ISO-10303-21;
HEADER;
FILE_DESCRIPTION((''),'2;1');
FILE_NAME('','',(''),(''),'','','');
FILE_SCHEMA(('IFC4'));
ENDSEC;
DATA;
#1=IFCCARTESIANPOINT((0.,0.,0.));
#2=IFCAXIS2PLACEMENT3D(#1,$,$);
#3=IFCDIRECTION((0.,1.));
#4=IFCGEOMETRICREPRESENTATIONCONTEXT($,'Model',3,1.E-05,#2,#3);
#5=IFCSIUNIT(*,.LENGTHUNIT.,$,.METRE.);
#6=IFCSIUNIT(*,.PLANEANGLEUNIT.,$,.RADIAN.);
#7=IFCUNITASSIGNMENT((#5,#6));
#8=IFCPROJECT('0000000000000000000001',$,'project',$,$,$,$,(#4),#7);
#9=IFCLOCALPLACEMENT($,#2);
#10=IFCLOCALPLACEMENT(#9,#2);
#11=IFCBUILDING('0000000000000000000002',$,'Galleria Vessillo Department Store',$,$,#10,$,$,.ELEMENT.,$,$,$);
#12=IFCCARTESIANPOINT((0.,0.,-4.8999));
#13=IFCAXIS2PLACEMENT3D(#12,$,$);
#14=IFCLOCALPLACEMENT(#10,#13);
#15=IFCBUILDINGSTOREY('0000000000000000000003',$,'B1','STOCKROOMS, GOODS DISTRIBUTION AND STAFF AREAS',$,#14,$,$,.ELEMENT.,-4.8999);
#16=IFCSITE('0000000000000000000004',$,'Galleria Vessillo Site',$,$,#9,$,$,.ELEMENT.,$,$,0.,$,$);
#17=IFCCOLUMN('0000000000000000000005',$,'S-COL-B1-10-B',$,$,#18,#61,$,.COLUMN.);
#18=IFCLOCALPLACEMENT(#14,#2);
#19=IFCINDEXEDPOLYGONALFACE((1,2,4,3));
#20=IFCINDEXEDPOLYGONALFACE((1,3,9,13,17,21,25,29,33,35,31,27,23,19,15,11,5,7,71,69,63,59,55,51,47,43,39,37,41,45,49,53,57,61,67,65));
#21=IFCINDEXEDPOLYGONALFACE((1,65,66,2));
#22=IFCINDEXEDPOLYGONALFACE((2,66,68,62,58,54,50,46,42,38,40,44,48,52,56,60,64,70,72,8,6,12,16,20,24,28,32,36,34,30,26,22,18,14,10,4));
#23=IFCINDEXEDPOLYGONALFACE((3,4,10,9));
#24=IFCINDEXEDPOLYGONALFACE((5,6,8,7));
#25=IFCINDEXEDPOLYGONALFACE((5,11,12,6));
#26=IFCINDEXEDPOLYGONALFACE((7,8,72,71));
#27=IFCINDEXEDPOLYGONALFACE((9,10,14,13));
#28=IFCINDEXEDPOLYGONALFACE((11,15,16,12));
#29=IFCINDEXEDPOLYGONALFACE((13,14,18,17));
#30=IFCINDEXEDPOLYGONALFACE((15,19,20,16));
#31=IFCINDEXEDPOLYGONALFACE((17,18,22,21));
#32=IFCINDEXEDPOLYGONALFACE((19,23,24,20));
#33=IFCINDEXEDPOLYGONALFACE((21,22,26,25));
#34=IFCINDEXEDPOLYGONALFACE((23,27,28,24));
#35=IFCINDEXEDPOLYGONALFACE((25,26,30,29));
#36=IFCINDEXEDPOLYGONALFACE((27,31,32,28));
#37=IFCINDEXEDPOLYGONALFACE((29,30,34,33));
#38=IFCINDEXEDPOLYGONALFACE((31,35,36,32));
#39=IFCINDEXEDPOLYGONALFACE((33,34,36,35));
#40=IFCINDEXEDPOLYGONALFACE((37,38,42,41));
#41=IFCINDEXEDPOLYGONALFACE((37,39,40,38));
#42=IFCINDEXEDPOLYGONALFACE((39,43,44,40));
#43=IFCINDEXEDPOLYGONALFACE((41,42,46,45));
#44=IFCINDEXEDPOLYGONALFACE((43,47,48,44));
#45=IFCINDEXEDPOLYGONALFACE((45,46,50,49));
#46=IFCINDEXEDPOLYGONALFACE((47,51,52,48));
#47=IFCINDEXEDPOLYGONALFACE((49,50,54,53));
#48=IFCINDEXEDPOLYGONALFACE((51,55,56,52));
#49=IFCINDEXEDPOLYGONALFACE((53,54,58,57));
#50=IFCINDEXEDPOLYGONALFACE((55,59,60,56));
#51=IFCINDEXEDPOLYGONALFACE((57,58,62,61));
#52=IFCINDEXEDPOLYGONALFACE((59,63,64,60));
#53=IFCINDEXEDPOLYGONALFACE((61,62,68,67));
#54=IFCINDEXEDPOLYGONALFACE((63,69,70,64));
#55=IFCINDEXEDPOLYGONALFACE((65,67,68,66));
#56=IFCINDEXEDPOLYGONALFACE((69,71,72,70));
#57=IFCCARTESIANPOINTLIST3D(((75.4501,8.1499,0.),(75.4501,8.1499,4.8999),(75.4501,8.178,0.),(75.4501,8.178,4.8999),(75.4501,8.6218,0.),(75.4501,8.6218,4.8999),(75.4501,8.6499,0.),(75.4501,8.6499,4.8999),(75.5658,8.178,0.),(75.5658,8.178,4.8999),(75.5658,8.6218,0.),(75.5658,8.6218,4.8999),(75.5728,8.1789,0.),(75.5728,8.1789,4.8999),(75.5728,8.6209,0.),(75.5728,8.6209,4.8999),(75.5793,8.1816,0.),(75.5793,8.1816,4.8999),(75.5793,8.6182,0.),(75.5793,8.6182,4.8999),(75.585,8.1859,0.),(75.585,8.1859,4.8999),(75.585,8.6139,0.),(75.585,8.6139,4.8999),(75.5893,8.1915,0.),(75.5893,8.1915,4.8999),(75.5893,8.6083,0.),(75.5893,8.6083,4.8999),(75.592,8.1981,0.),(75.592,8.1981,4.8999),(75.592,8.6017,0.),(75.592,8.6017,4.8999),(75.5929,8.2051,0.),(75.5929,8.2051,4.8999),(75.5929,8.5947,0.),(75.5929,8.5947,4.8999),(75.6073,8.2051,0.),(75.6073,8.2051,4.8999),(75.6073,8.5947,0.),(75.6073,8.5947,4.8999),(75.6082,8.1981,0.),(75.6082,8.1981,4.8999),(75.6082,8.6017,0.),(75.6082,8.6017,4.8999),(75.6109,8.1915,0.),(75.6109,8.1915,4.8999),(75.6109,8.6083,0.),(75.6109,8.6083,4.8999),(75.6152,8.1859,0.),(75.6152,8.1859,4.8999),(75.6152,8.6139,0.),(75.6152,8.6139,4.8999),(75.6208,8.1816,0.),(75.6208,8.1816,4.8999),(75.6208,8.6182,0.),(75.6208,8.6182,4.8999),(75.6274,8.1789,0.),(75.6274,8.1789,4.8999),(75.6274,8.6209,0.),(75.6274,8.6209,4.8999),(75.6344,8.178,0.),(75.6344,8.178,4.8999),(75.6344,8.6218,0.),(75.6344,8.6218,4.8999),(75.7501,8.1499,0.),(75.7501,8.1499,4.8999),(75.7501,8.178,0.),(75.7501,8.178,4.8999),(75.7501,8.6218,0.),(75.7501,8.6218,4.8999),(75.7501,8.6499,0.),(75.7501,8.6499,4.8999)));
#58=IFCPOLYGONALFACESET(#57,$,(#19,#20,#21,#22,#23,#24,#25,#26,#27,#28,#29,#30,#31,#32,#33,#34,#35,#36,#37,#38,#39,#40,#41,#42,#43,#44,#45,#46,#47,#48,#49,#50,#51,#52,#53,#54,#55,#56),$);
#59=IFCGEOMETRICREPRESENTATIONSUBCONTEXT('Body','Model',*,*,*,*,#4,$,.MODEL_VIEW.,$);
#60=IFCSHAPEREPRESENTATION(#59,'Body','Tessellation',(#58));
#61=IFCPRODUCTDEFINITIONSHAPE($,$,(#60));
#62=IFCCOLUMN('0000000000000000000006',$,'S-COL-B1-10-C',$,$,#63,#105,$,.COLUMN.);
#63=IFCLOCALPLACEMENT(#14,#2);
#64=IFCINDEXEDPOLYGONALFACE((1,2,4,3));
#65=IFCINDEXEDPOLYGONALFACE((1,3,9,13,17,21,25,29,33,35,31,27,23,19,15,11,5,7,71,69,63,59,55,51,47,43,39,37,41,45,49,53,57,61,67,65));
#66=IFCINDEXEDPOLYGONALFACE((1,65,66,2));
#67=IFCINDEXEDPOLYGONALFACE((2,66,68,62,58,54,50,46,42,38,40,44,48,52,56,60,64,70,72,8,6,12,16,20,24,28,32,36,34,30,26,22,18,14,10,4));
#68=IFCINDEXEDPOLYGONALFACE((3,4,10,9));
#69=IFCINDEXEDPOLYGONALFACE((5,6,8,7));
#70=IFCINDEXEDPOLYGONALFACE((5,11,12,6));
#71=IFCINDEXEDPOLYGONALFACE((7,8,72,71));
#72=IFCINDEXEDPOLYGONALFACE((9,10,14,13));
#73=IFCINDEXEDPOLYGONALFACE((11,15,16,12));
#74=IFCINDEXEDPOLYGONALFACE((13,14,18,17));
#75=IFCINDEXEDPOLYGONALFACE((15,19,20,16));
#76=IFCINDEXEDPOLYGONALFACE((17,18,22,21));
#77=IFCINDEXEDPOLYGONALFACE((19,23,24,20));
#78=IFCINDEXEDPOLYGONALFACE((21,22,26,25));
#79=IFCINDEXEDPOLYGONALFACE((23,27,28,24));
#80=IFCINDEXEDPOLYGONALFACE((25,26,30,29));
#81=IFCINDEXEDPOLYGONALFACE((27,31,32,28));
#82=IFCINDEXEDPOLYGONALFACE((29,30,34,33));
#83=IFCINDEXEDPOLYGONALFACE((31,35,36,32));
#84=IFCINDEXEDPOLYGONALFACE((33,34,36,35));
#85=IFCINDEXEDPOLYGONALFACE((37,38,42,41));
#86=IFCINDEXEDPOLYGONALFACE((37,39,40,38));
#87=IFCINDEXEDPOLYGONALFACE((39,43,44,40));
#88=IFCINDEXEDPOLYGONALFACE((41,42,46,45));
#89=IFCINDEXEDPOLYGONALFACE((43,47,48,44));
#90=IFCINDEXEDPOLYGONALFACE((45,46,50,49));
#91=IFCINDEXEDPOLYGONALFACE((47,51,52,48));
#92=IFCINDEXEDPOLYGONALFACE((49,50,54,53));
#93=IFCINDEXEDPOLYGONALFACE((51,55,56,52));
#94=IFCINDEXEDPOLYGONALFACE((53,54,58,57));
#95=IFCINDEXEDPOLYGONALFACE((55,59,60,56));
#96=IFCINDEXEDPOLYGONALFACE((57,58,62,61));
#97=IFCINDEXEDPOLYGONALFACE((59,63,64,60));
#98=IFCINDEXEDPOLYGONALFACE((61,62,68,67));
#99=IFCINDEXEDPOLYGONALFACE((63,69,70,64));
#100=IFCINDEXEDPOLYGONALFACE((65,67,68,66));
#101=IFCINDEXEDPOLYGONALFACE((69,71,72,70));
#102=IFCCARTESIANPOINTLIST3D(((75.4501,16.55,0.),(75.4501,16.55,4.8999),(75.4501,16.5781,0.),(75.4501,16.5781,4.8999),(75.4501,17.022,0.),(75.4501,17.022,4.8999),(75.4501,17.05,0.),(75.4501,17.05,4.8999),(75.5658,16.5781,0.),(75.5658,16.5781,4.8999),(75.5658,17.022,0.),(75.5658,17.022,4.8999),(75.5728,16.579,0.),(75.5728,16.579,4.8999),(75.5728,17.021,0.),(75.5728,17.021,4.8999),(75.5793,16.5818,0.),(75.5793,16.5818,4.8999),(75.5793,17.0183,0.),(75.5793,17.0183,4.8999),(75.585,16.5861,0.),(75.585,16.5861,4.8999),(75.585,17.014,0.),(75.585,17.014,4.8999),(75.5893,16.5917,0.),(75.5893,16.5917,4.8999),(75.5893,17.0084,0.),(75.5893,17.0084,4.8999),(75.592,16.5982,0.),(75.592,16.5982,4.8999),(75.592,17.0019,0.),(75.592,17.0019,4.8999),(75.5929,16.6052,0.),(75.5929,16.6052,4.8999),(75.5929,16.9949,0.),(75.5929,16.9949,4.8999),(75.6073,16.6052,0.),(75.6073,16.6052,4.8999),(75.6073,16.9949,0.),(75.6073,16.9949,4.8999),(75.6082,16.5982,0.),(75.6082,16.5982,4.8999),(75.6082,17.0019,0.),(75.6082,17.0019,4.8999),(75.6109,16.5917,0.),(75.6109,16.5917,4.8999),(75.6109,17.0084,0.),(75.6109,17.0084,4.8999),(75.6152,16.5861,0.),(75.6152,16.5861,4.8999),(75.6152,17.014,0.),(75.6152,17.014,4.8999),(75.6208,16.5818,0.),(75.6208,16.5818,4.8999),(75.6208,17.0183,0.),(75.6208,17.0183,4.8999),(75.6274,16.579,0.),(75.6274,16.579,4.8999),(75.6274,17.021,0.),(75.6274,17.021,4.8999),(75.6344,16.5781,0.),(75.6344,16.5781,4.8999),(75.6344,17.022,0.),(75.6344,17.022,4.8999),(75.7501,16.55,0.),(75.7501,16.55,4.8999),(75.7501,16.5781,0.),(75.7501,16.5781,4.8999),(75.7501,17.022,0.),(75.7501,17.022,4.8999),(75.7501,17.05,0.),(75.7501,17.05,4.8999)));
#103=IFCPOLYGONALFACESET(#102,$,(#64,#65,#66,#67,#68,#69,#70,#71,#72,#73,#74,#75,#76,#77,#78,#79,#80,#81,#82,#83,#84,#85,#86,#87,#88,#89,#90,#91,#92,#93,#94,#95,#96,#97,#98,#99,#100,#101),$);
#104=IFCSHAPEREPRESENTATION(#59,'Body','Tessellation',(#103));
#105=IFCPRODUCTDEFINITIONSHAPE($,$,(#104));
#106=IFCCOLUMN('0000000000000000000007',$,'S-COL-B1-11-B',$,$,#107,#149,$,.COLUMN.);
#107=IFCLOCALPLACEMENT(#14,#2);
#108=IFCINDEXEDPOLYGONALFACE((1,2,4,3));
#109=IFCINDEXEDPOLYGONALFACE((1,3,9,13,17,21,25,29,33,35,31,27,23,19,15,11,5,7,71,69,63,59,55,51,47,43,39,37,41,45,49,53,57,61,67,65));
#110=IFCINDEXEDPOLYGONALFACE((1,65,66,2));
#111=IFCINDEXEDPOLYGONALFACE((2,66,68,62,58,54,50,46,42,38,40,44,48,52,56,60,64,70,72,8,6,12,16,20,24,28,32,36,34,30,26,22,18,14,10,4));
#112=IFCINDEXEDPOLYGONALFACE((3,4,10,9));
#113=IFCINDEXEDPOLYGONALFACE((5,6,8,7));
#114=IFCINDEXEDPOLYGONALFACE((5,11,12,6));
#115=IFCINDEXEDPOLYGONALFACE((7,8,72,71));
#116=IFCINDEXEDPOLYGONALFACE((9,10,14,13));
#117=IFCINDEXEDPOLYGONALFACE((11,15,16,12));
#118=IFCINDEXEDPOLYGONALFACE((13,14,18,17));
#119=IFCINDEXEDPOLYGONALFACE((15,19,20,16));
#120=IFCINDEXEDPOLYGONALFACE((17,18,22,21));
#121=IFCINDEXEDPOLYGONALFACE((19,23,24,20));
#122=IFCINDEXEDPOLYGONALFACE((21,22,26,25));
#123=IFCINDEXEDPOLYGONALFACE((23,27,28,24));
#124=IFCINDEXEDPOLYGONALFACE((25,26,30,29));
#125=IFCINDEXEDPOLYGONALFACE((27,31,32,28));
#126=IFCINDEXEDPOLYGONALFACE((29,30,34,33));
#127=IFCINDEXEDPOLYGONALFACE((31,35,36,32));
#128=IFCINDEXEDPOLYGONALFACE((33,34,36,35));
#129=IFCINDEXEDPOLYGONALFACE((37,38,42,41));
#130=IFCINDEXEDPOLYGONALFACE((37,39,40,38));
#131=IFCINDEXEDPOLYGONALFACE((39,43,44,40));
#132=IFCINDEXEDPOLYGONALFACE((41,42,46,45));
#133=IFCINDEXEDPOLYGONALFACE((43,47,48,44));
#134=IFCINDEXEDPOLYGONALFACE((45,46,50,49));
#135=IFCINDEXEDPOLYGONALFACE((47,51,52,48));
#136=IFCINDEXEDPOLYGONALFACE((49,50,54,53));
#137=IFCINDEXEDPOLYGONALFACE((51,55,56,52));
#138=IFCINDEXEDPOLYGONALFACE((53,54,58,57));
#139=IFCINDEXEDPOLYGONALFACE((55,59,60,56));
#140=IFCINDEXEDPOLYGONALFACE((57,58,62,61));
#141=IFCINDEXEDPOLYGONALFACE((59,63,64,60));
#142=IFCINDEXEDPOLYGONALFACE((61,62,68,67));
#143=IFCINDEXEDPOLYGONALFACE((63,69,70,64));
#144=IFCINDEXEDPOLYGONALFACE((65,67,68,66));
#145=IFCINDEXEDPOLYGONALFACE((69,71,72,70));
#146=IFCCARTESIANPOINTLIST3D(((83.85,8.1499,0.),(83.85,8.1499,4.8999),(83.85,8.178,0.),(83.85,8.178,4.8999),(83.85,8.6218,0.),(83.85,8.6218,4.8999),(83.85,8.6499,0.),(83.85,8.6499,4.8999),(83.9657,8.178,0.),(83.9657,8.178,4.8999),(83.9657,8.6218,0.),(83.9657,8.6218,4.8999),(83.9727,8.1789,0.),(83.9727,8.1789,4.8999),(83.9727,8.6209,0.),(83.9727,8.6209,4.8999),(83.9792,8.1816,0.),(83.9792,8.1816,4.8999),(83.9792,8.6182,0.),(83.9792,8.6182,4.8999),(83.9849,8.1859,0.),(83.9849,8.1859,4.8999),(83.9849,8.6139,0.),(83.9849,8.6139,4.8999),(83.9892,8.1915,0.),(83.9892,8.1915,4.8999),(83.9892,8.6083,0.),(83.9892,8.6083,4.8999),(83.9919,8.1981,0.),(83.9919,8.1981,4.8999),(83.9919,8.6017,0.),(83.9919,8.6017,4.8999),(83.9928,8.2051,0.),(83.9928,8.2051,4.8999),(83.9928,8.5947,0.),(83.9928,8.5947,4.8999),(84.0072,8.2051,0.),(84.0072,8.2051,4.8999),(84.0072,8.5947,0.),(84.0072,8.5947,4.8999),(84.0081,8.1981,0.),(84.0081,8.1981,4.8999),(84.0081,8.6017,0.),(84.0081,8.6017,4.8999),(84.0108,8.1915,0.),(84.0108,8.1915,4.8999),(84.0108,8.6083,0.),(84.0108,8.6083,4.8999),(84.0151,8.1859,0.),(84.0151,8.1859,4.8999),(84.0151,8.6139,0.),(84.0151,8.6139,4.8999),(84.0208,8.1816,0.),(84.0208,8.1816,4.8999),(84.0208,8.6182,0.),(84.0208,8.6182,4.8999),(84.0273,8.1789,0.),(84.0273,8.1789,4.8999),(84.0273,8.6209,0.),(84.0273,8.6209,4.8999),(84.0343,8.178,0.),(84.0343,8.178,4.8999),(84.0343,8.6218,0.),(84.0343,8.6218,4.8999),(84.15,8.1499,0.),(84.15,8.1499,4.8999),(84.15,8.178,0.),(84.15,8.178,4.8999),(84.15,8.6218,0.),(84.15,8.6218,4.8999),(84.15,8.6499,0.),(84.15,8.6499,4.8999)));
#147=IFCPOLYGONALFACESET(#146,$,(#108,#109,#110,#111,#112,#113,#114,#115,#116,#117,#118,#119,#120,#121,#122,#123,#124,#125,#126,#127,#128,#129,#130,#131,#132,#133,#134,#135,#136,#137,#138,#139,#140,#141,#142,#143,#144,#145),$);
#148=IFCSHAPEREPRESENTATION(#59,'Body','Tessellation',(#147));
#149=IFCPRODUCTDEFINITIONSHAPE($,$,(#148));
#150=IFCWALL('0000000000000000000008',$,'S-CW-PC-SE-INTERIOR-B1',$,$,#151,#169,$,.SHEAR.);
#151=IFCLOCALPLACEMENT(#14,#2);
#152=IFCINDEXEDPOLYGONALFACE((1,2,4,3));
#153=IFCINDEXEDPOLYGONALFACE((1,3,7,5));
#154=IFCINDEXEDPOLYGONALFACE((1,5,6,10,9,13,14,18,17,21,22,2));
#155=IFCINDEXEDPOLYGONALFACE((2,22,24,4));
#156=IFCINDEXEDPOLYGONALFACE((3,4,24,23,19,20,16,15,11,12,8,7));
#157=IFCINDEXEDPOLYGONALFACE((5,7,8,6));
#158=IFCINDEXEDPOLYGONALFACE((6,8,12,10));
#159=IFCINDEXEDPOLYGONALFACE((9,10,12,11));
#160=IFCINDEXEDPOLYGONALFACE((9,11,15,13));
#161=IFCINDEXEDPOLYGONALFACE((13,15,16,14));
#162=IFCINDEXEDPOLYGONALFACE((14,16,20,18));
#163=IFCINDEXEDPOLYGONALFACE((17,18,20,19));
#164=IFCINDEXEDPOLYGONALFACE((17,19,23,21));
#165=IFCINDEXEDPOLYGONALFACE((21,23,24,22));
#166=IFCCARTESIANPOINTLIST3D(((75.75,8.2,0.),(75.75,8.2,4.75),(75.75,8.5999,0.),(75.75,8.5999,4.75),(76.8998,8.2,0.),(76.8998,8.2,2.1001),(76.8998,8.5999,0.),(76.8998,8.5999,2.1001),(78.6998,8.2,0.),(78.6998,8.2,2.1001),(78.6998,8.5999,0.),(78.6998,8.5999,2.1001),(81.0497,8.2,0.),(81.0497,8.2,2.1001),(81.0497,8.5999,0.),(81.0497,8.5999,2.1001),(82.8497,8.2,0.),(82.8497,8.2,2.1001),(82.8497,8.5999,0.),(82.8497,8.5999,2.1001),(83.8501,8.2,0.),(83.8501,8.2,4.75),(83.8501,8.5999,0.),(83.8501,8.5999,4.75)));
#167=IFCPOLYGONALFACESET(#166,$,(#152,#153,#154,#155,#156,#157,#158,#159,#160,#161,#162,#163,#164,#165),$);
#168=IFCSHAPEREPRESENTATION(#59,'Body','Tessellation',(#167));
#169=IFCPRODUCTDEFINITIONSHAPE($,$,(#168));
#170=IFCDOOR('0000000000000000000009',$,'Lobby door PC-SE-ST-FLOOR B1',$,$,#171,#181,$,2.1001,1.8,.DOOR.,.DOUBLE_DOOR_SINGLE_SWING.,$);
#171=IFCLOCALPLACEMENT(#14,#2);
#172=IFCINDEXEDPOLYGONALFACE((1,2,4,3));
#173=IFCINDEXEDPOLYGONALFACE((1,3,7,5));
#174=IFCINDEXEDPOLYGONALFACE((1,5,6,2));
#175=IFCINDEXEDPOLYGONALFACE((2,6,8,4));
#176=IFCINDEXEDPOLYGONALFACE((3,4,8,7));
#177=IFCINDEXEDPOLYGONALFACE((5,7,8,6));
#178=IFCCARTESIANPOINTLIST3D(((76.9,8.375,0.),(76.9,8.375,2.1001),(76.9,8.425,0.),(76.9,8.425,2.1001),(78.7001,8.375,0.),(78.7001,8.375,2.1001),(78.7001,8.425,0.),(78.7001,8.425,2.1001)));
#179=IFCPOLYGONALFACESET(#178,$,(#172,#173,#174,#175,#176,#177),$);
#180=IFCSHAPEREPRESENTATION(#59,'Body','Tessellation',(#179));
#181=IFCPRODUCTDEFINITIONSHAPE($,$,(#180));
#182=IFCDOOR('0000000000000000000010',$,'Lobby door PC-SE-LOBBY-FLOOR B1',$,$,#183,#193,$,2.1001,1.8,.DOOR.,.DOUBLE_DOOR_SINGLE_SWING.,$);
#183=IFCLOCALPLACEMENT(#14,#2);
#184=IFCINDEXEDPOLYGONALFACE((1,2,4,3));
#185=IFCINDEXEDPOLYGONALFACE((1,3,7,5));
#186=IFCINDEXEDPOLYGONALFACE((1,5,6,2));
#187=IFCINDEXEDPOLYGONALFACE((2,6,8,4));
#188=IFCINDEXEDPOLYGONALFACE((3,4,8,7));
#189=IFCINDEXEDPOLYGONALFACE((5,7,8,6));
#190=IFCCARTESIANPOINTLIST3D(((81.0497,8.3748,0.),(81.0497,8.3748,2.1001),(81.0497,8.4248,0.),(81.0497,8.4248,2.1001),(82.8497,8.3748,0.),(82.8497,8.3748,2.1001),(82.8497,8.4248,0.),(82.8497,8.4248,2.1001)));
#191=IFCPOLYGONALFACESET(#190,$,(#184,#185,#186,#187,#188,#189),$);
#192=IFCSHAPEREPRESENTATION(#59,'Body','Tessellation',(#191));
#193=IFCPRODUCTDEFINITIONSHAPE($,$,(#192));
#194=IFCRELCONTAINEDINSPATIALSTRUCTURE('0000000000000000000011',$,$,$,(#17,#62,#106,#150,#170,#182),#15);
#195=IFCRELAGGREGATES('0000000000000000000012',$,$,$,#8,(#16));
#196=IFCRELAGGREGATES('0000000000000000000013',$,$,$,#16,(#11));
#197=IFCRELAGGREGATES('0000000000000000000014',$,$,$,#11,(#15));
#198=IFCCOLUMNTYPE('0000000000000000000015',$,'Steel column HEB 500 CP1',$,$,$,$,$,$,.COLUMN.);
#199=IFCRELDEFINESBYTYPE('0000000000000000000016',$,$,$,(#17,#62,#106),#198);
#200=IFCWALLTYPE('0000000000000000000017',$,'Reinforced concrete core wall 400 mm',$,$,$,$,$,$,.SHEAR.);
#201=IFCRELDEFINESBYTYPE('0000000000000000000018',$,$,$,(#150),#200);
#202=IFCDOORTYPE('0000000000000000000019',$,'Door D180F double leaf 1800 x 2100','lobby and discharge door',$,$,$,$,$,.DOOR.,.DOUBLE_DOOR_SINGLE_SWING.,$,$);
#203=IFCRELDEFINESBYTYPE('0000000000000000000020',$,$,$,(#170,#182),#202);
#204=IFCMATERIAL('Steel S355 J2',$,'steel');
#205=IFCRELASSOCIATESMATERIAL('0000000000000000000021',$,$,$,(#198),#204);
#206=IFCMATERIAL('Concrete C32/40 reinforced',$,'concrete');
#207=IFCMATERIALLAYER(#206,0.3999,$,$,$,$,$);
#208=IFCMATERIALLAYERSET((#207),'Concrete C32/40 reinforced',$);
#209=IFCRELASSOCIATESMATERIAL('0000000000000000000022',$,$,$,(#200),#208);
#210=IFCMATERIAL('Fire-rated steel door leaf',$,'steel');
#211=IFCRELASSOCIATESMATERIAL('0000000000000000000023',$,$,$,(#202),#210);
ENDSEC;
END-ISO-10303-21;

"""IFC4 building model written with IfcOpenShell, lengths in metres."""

from ifc_helpers import new_model, si_unit, direction, frame, frame_2d, origin, origin_2d, place, context, subcontext, project, spatial, rectangle, i_section, extrude, material, layer, layer_set, material_profile, profile_set, type_object, element, fill, save


model = new_model("IFC4")

# Units and contexts
model_context = context("Model", 3, precision=1e-05, world=origin(), true_north=direction((0.0, 1.0)))
body_context = subcontext(model_context, "Body", "Model", "MODEL_VIEW")
ifc_project = project(units=[si_unit("LENGTHUNIT", "METRE"), si_unit("PLANEANGLEUNIT", "RADIAN")], contexts=[model_context])

# Site, building, storey
site_placement = place(None, origin())
site = spatial("IfcSite", under=ifc_project, at=site_placement, Name="Galleria Vessillo Site", CompositionType="ELEMENT", RefElevation=0.0)
building_placement = place(site_placement, origin())
building = spatial("IfcBuilding", under=site, at=building_placement, Name="Galleria Vessillo Department Store", CompositionType="ELEMENT")
storey_placement = place(building_placement, frame((0.0, 0.0, -4.8999)))
storey = spatial("IfcBuildingStorey", under=building, at=storey_placement, Name="B1", Description="STOCKROOMS, GOODS DISTRIBUTION AND STAFF AREAS", CompositionType="ELEMENT", Elevation=-4.8999)

# Columns
ifc_material_1 = material(Name="Steel S355 J2", Category="steel")
ifc_material_profile = material_profile(ifc_material_1, i_section(OverallWidth=0.3, OverallDepth=0.5, WebThickness=0.0144, FlangeThickness=0.0281, FilletRadius=0.0271, at=origin_2d()), Name="HEB 500")
ifc_profile_set = profile_set([ifc_material_profile], Name="Steel S355 J2")
column_type = type_object("IfcColumnType", Name="Steel column HEB 500 CP1", PredefinedType="COLUMN", material=ifc_profile_set)
for number, where, z_axis, x_axis, name in (
    (1, (75.6001, 8.3999, 0.0), (0.0, 0.0, 1.0), (1.0, 0.0, 0.0), "S-COL-B1-10-B"),
    (2, (75.6001, 16.8, 0.0), (0.0, 0.0, 1.0), (1.0, 0.0, 0.0), "S-COL-B1-10-C"),
    (3, (84.0, 8.3999, 0.0), (0.0, 0.0, 1.0), (1.0, 0.0, 0.0), "S-COL-B1-11-B"),
):
    element("IfcColumn", number, at=place(storey_placement, frame(where, z_axis=z_axis, x_axis=x_axis)), inside=storey, type_object=column_type, Name=name, PredefinedType="COLUMN", context=body_context, shape_type="SweptSolid", body=[
        extrude(i_section(OverallWidth=0.3, OverallDepth=0.5, WebThickness=0.0144, FlangeThickness=0.0281, FilletRadius=0.0271, at=origin_2d()), origin(), (0.0, 0.0, 1.0), 4.8999),
    ])

# Wall, openings, doors
ifc_material_2 = material(Name="Concrete C32/40 reinforced", Category="concrete")
ifc_layer_1 = layer(ifc_material_2, 0.3999)
ifc_layer_set_1 = layer_set([ifc_layer_1], Name="Concrete C32/40 reinforced")
wall_type_1 = type_object("IfcWallType", Name="Reinforced concrete core wall 400 mm", PredefinedType="SHEAR", material=ifc_layer_set_1)
wall_1_placement = place(storey_placement, frame((75.75, 8.3999, 0.0), z_axis=(0.0, 0.0, 1.0), x_axis=(1.0, 0.0, 0.0)))
wall_1 = element("IfcWall", 4, at=wall_1_placement, inside=storey, type_object=wall_type_1, Name="S-CW-PC-SE-INTERIOR-B1", PredefinedType="SHEAR", context=body_context, shape_type="SweptSolid", body=[
    extrude(rectangle(XDim=8.1001, YDim=0.3999, at=frame_2d((4.05, 0.0))), origin(), (0.0, 0.0, 1.0), 4.75),
])
opening_1_placement = place(wall_1_placement, frame((1.1499, 0.0, 0.0)))
opening_1 = element("IfcOpeningElement", 5, at=opening_1_placement, cuts=wall_1, PredefinedType="OPENING", context=body_context, shape_type="SweptSolid", body=[
    extrude(rectangle(XDim=1.8, YDim=2.1001, at=frame_2d((0.8999, 1.05))), frame((0.0, 0.21, 0.0), z_axis=(0.0, -1.0, 0.0), x_axis=(1.0, 0.0, 0.0)), (0.0, 0.0, 1.0), 0.4199),
])
opening_2_placement = place(wall_1_placement, frame((5.2998, 0.0, 0.0)))
opening_2 = element("IfcOpeningElement", 6, at=opening_2_placement, cuts=wall_1, PredefinedType="OPENING", context=body_context, shape_type="SweptSolid", body=[
    extrude(rectangle(XDim=1.8, YDim=2.1001, at=frame_2d((0.8999, 1.05))), frame((0.0, 0.21, 0.0), z_axis=(0.0, -1.0, 0.0), x_axis=(1.0, 0.0, 0.0)), (0.0, 0.0, 1.0), 0.4199),
])
ifc_material_3 = material(Name="Fire-rated steel door leaf", Category="steel")
door_type_1 = type_object("IfcDoorType", Name="Door D180F double leaf 1800 x 2100", Description="lobby and discharge door", OperationType="DOUBLE_DOOR_SINGLE_SWING", PredefinedType="DOOR", material=ifc_material_3)
door_1_placement = place(opening_1_placement, frame((1.8, 0.0, 0.0), z_axis=(0.0, 0.0, 1.0), x_axis=(-1.0, 0.0, 0.0)))
door_1 = element("IfcDoor", 7, at=door_1_placement, inside=storey, type_object=door_type_1, Name="Lobby door PC-SE-ST-FLOOR B1", OperationType="DOUBLE_DOOR_SINGLE_SWING", OverallHeight=2.1001, OverallWidth=1.8, PredefinedType="DOOR", context=body_context, shape_type="SweptSolid", body=[
    extrude(rectangle(XDim=1.8, YDim=2.1001, at=frame_2d((0.8999, 1.05))), frame((0.0, 0.0249, 0.0), z_axis=(0.0, -1.0, 0.0), x_axis=(1.0, 0.0, 0.0)), (0.0, 0.0, 1.0), 0.05),
])
fill(opening_1, door_1)
door_2_placement = place(opening_2_placement, origin())
door_2 = element("IfcDoor", 8, at=door_2_placement, inside=storey, type_object=door_type_1, Name="Lobby door PC-SE-LOBBY-FLOOR B1", OperationType="DOUBLE_DOOR_SINGLE_SWING", OverallHeight=2.1001, OverallWidth=1.8, PredefinedType="DOOR", context=body_context, shape_type="SweptSolid", body=[
    extrude(rectangle(XDim=1.8, YDim=2.1001, at=frame_2d((0.8999, 1.05))), frame((0.0, 0.0249, 0.0), z_axis=(0.0, -1.0, 0.0), x_axis=(1.0, 0.0, 0.0)), (0.0, 0.0, 1.0), 0.05),
])
fill(opening_2, door_2)

save(model, "model.ifc")
